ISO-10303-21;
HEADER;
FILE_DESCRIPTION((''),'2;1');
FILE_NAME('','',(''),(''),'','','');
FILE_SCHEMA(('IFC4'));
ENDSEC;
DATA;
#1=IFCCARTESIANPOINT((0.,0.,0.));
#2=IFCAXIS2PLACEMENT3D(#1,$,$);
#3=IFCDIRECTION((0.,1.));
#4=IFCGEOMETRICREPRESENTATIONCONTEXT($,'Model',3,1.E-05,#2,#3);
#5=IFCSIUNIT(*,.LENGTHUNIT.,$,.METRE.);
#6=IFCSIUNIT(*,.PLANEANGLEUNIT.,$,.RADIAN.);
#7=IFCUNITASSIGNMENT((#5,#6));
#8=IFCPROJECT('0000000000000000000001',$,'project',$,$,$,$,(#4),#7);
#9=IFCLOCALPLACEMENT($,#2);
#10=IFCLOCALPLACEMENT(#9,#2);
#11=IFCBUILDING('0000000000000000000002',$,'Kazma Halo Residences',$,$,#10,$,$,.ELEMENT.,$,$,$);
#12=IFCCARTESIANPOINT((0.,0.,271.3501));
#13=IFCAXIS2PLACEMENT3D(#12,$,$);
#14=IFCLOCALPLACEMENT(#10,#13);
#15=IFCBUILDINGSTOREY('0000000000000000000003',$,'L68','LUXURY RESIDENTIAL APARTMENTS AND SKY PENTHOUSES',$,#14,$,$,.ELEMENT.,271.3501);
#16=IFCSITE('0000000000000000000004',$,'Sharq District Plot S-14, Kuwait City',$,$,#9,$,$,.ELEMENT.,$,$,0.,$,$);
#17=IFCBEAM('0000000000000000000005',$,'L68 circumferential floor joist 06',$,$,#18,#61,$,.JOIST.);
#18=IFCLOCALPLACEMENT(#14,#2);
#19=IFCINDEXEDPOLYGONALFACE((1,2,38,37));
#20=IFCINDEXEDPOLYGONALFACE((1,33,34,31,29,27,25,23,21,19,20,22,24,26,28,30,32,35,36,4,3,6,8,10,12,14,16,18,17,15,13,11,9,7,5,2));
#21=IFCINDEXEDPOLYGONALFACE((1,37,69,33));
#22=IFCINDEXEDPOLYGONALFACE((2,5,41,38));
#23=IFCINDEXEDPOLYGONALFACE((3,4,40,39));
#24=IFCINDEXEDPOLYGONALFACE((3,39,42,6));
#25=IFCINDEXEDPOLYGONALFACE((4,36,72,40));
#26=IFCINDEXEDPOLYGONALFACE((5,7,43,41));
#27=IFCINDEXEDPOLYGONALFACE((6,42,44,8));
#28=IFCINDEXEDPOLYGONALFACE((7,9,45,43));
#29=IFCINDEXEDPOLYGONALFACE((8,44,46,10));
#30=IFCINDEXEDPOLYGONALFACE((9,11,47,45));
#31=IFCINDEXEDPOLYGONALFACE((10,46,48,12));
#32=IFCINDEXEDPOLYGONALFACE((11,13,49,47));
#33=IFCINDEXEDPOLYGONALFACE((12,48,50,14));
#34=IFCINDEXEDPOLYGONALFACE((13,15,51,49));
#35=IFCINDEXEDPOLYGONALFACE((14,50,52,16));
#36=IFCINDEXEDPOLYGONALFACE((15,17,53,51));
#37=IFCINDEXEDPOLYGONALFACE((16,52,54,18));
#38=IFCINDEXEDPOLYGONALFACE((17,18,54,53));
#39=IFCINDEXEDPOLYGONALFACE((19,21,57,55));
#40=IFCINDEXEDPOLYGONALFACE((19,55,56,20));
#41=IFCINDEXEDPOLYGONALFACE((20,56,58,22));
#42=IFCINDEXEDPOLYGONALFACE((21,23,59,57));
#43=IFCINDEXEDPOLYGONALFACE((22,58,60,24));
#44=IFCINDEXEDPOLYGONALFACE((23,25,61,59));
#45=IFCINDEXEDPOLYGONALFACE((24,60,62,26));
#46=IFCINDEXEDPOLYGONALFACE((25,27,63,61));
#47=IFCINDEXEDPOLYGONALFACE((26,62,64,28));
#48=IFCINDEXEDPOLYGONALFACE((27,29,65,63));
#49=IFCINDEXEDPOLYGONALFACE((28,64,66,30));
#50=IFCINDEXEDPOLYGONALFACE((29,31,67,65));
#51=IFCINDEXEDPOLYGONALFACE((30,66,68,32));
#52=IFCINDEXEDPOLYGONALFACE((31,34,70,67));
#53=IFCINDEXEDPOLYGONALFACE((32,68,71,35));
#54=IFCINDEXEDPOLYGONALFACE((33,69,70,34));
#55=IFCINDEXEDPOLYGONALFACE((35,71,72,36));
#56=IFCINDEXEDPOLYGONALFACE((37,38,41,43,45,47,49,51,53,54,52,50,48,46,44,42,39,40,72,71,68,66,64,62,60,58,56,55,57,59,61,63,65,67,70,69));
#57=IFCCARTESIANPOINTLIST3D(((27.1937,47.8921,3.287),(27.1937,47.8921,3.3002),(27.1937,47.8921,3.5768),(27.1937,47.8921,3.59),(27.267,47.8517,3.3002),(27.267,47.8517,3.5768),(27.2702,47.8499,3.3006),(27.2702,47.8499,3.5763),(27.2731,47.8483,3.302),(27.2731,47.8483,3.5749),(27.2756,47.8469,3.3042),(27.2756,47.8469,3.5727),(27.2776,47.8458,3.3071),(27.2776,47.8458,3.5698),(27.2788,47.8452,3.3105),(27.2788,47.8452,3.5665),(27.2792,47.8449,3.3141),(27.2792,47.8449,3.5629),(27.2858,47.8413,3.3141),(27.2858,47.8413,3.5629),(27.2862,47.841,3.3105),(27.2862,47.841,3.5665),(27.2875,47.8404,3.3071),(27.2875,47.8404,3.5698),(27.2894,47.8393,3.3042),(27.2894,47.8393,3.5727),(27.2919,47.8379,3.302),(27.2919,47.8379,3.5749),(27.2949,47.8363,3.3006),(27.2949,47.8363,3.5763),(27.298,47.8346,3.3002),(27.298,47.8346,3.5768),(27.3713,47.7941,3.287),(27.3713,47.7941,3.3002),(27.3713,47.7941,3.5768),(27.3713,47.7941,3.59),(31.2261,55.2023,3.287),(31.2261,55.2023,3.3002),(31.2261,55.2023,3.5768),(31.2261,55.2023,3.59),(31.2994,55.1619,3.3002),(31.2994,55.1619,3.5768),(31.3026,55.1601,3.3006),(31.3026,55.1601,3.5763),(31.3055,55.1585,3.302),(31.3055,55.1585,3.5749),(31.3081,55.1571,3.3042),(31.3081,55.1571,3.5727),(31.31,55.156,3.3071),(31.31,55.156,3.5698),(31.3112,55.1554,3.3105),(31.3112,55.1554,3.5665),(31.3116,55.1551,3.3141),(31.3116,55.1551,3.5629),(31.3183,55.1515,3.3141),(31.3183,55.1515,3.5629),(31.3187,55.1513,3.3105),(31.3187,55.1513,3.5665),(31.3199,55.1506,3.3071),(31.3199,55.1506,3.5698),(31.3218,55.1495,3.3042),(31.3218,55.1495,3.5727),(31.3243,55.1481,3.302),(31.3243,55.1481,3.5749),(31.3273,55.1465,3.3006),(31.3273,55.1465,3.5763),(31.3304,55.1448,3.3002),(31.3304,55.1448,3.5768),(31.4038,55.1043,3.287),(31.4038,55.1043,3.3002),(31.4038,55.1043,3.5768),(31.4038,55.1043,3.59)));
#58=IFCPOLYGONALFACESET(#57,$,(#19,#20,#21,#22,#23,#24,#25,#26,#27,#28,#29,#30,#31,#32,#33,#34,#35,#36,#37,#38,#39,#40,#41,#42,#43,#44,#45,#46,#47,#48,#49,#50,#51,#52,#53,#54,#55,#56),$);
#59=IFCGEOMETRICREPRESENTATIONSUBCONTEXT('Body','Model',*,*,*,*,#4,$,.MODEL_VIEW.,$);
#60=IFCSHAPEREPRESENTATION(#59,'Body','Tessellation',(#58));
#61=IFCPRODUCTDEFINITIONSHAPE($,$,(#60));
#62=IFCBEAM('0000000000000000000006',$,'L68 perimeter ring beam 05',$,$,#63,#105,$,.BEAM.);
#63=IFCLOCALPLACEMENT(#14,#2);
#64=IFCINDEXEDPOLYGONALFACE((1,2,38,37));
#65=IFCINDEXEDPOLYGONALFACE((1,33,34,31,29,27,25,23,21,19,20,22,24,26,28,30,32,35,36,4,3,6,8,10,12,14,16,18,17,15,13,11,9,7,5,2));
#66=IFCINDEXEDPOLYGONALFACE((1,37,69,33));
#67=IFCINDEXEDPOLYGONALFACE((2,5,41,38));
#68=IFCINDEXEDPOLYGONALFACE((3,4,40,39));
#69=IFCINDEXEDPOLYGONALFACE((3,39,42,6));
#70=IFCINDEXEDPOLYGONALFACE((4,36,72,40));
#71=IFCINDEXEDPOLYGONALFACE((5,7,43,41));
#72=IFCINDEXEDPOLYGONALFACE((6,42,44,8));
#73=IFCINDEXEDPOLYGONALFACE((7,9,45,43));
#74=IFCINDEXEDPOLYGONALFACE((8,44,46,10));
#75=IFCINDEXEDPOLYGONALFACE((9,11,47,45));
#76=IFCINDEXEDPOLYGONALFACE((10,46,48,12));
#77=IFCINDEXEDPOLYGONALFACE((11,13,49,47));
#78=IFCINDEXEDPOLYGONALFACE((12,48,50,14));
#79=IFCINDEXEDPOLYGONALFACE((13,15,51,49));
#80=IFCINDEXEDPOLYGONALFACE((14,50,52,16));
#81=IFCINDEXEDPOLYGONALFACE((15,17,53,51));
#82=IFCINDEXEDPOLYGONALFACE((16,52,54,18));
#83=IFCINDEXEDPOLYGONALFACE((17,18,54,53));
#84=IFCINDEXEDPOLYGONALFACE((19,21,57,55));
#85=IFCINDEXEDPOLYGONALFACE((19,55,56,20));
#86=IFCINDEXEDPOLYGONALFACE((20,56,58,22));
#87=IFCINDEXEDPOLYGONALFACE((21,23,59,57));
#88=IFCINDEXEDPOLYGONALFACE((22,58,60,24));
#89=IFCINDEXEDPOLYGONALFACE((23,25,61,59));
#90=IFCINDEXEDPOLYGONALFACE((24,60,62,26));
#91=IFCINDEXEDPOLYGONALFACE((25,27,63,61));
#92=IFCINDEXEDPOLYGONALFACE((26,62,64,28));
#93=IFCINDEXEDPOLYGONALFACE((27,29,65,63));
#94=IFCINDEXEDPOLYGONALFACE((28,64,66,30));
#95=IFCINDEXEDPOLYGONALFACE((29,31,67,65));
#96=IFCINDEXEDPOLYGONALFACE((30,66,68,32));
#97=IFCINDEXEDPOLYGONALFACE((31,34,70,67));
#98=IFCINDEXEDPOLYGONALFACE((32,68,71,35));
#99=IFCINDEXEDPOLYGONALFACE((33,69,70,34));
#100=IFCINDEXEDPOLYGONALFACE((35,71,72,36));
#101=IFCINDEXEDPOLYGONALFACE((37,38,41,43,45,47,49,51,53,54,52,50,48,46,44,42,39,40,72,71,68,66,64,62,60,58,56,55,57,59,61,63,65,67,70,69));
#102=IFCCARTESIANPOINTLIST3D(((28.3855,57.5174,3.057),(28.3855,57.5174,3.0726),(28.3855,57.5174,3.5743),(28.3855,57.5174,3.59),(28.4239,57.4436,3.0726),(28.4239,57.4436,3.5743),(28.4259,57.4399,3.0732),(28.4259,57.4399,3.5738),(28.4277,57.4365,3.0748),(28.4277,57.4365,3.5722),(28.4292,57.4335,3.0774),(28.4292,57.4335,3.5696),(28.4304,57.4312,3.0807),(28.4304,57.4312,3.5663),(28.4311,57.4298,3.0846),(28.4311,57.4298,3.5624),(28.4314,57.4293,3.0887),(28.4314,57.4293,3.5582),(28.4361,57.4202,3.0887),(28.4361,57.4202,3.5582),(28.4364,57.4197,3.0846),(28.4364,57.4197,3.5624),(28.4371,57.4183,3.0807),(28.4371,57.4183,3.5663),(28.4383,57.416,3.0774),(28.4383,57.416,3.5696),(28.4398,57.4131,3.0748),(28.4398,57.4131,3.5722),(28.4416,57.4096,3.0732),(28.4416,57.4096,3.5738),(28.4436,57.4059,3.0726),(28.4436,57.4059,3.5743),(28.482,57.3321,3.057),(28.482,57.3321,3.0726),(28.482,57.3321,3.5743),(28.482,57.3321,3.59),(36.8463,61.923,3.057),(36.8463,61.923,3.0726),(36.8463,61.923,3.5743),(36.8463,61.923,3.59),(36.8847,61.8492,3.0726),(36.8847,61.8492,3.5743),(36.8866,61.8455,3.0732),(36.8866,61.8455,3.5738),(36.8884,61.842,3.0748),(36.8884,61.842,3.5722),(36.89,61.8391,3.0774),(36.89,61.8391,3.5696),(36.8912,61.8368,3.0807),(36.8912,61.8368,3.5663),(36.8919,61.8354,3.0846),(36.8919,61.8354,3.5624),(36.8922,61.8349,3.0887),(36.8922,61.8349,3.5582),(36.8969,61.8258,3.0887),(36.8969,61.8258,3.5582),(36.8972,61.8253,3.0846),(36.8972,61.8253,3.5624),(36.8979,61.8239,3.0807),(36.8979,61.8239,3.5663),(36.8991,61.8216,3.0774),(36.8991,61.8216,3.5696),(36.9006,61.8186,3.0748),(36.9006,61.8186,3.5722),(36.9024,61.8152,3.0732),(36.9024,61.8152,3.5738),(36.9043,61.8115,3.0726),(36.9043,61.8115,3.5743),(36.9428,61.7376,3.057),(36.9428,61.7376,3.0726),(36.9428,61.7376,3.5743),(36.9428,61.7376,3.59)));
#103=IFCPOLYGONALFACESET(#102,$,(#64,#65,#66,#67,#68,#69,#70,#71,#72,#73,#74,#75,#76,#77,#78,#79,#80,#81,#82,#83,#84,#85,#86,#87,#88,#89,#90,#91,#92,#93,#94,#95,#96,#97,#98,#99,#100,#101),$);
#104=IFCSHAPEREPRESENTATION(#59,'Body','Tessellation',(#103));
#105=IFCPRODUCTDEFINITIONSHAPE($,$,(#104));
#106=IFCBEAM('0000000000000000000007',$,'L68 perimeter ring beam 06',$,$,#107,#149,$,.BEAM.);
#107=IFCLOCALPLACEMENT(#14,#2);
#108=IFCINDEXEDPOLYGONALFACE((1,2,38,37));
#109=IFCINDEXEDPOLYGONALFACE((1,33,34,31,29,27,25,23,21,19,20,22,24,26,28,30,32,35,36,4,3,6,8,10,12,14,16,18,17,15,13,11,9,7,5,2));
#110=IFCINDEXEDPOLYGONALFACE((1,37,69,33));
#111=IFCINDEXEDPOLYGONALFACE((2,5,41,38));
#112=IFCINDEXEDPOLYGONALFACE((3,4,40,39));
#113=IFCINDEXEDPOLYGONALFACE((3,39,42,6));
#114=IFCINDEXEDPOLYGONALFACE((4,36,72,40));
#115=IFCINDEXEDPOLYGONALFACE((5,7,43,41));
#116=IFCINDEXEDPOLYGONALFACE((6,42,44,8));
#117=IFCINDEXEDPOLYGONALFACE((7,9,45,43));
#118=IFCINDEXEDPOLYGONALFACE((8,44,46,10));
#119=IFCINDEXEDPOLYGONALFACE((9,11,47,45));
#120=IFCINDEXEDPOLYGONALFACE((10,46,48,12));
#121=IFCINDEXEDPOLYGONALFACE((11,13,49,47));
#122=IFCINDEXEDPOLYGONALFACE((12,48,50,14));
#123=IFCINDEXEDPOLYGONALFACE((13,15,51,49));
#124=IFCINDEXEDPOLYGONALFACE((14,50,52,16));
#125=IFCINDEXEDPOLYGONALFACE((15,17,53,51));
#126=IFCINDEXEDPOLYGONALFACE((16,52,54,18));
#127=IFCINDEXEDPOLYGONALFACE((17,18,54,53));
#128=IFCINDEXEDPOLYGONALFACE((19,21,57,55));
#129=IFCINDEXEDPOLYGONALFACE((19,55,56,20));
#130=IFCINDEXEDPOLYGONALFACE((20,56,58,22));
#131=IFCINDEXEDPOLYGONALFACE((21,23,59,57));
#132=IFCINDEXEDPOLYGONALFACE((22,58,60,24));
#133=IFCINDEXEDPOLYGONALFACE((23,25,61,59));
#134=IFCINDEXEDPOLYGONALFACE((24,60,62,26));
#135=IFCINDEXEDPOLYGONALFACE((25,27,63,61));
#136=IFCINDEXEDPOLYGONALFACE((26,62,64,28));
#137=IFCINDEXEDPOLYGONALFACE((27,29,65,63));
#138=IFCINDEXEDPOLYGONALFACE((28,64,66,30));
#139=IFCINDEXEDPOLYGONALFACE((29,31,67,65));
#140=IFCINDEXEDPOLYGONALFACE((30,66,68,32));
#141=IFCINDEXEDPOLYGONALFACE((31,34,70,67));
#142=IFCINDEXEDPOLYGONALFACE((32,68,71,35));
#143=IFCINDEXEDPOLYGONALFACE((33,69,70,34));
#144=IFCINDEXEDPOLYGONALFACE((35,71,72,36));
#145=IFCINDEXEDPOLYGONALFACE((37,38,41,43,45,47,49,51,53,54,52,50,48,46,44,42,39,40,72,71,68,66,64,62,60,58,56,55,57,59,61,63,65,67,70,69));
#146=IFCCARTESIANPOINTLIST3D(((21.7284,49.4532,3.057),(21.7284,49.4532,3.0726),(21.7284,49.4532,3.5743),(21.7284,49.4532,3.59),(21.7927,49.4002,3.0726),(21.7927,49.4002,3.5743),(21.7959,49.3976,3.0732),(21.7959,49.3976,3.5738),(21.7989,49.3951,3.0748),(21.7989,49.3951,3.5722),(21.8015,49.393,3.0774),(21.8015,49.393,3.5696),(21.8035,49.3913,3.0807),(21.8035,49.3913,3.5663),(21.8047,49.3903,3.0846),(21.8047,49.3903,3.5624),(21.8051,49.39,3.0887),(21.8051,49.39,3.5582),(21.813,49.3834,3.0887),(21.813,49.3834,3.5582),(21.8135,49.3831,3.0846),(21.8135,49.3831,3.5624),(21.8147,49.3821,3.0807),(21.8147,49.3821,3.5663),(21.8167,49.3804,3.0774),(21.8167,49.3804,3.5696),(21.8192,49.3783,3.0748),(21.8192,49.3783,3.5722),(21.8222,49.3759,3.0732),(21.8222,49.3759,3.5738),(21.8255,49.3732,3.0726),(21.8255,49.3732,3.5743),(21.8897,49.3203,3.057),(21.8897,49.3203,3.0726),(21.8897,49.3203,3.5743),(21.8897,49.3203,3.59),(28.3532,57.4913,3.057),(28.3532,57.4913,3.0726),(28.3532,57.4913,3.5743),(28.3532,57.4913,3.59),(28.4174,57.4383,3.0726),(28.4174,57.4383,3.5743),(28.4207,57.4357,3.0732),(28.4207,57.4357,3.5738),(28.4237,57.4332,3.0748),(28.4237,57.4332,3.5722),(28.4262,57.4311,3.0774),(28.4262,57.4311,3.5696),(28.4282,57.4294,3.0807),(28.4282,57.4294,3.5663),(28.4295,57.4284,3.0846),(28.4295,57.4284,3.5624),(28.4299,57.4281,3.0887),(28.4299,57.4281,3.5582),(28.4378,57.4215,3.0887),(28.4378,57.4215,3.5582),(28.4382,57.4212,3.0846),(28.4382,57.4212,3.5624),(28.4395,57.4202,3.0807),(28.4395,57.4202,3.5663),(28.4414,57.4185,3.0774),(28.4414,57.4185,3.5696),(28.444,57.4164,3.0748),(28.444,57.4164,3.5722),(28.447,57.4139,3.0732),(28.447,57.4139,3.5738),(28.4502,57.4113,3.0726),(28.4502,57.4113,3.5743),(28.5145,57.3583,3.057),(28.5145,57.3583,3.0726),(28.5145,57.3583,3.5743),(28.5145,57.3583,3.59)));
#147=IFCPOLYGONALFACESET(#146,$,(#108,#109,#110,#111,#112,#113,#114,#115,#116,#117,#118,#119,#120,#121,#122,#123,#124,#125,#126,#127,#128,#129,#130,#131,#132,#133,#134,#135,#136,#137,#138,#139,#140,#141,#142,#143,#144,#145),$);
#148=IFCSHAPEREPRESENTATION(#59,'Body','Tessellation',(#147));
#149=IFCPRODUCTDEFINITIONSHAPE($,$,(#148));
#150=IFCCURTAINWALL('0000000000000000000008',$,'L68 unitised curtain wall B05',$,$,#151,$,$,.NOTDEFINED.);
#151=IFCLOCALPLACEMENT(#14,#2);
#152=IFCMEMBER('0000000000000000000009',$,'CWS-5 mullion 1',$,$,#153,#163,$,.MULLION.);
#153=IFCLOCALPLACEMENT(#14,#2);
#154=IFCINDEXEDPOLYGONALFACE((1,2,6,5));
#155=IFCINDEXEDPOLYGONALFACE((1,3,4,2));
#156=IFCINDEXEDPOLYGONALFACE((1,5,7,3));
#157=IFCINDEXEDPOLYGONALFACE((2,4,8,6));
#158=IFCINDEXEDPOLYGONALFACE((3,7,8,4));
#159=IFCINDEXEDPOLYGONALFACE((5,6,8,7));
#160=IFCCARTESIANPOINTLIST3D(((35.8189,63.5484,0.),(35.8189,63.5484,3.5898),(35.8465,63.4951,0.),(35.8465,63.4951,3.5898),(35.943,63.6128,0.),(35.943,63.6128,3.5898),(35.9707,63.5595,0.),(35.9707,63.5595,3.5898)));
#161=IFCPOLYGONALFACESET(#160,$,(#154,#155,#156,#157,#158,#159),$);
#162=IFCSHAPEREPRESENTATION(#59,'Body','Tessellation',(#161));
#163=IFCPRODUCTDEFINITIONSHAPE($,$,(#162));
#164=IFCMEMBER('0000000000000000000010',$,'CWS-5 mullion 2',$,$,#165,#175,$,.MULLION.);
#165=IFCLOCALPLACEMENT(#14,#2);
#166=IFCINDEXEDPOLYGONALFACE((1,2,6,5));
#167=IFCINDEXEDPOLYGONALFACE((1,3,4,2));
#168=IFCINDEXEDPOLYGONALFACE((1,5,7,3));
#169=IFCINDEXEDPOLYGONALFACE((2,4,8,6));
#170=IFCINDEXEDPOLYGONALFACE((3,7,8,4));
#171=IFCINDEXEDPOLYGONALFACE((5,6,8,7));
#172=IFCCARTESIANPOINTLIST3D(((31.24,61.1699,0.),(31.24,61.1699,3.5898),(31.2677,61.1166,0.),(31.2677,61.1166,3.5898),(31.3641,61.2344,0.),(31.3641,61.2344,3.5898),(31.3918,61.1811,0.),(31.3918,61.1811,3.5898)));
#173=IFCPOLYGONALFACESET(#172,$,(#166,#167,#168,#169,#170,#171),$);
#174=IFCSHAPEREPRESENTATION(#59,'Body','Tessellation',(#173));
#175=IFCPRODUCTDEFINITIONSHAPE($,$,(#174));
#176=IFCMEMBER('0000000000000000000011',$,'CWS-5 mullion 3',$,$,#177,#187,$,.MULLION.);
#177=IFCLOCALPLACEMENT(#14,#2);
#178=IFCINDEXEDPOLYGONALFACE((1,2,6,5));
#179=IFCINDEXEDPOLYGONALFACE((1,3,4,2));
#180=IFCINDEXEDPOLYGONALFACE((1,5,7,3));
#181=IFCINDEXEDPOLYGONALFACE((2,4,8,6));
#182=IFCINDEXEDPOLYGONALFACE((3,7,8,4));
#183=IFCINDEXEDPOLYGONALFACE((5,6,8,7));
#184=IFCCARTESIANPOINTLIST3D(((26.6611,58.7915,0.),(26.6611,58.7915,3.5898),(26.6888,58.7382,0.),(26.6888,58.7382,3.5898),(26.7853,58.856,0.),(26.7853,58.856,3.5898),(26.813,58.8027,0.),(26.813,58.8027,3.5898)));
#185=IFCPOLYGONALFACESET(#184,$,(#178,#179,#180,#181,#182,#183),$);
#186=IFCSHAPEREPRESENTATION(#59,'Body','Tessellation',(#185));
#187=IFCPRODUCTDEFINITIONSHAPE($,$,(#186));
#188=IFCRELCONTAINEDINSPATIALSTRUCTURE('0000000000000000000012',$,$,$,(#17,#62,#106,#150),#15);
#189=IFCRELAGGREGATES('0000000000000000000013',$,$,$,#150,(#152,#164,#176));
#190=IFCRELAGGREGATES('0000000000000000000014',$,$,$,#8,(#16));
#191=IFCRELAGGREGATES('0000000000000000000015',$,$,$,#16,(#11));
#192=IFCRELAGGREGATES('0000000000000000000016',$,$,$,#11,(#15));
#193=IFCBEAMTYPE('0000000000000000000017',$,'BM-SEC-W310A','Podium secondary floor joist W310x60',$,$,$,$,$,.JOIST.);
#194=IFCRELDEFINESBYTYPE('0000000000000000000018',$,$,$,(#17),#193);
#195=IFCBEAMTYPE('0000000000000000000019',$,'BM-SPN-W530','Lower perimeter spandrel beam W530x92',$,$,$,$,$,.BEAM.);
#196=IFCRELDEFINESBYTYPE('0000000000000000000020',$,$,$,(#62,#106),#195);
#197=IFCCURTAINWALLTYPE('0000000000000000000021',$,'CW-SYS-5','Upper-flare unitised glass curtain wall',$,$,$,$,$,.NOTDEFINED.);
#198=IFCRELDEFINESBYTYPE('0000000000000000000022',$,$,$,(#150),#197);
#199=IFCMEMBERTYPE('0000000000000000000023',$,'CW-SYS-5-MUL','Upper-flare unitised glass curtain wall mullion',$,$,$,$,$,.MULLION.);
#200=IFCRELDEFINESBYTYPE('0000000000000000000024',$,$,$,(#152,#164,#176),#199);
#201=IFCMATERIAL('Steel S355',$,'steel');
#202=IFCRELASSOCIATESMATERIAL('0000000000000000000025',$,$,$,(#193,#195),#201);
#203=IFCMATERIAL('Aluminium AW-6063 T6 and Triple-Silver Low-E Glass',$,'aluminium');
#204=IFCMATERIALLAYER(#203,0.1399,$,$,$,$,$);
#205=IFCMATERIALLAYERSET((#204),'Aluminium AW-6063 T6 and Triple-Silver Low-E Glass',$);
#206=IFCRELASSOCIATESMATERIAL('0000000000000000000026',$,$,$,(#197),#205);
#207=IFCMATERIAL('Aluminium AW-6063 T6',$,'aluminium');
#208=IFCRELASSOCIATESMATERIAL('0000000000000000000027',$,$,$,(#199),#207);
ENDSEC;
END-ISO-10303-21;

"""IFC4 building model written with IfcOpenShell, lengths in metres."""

from ifc_helpers import new_model, si_unit, direction, frame, origin, origin_2d, place, context, subcontext, project, spatial, rectangle, i_section, extrude, material, layer, layer_set, material_profile, profile_set, type_object, element, aggregate, save


model = new_model("IFC4")

# Units and contexts
model_context = context("Model", 3, precision=1e-05, world=origin(), true_north=direction((0.0, 1.0)))
body_context = subcontext(model_context, "Body", "Model", "MODEL_VIEW")
ifc_project = project(units=[si_unit("LENGTHUNIT", "METRE"), si_unit("PLANEANGLEUNIT", "RADIAN")], contexts=[model_context])

# Site, building, storey
site_placement = place(None, origin())
site = spatial("IfcSite", under=ifc_project, at=site_placement, Name="Sharq District Plot S-14, Kuwait City", CompositionType="ELEMENT", RefElevation=0.0)
building_placement = place(site_placement, origin())
building = spatial("IfcBuilding", under=site, at=building_placement, Name="Kazma Halo Residences", CompositionType="ELEMENT")
storey_placement = place(building_placement, frame((0.0, 0.0, 271.3501)))
storey = spatial("IfcBuildingStorey", under=building, at=storey_placement, Name="L68", Description="LUXURY RESIDENTIAL APARTMENTS AND SKY PENTHOUSES", CompositionType="ELEMENT", Elevation=271.3501)

# Beams
ifc_material_1 = material(Name="Steel S355", Category="steel")
ifc_material_profile_1 = material_profile(ifc_material_1, i_section(OverallWidth=0.2029, OverallDepth=0.303, WebThickness=0.0076, FlangeThickness=0.0132, FilletRadius=0.0139, at=origin_2d()), Name="W310x60")
ifc_profile_set_1 = profile_set([ifc_material_profile_1], Name="Steel S355")
beam_type_1 = type_object("IfcBeamType", Name="BM-SEC-W310A", Description="Podium secondary floor joist W310x60", PredefinedType="JOIST", material=ifc_profile_set_1)
beam_1_placement = place(storey_placement, frame((31.3149, 55.1533, 3.4385), z_axis=(-0.483004, -0.875618, 0.0), x_axis=(0.875618, -0.483004, 0.0)))
element("IfcBeam", 1, at=beam_1_placement, inside=storey, type_object=beam_type_1, Name="L68 circumferential floor joist 06", PredefinedType="JOIST", context=body_context, shape_type="SweptSolid", body=[
    extrude(i_section(OverallWidth=0.2029, OverallDepth=0.303, WebThickness=0.0076, FlangeThickness=0.0132, FilletRadius=0.0139, at=origin_2d()), origin(), (0.0, 0.0, 1.0), 8.3486),
])
ifc_material_profile_2 = material_profile(ifc_material_1, i_section(OverallWidth=0.209, OverallDepth=0.533, WebThickness=0.0103, FlangeThickness=0.0156, FilletRadius=0.0161, at=origin_2d()), Name="W530x92")
ifc_profile_set_2 = profile_set([ifc_material_profile_2], Name="Steel S355")
beam_type_2 = type_object("IfcBeamType", Name="BM-SPN-W530", Description="Lower perimeter spandrel beam W530x92", PredefinedType="BEAM", material=ifc_profile_set_2)
beam_2_placement = place(storey_placement, frame((36.8945, 61.8303, 3.3235), z_axis=(-0.886961, -0.461844, 0.0), x_axis=(0.461844, -0.886961, 0.0)))
element("IfcBeam", 2, at=beam_2_placement, inside=storey, type_object=beam_type_2, Name="L68 perimeter ring beam 05", PredefinedType="BEAM", context=body_context, shape_type="SweptSolid", body=[
    extrude(i_section(OverallWidth=0.209, OverallDepth=0.533, WebThickness=0.0103, FlangeThickness=0.0156, FilletRadius=0.0161, at=origin_2d()), origin(), (0.0, 0.0, 1.0), 9.5391),
])
beam_3_placement = place(storey_placement, frame((28.4338, 57.4248, 3.3235), z_axis=(-0.636002, -0.771687, 0.0), x_axis=(0.771687, -0.636002, 0.0)))
element("IfcBeam", 3, at=beam_3_placement, inside=storey, type_object=beam_type_2, Name="L68 perimeter ring beam 06", PredefinedType="BEAM", context=body_context, shape_type="SweptSolid", body=[
    extrude(i_section(OverallWidth=0.209, OverallDepth=0.533, WebThickness=0.0103, FlangeThickness=0.0156, FilletRadius=0.0161, at=origin_2d()), origin(), (0.0, 0.0, 1.0), 10.4163),
])

# Curtain wall, members
ifc_material_2 = material(Name="Aluminium AW-6063 T6 and Triple-Silver Low-E Glass", Category="aluminium")
ifc_layer_1 = layer(ifc_material_2, 0.1399)
ifc_layer_set_1 = layer_set([ifc_layer_1], Name="Aluminium AW-6063 T6 and Triple-Silver Low-E Glass")
curtain_wall_type = type_object("IfcCurtainWallType", Name="CW-SYS-5", Description="Upper-flare unitised glass curtain wall", PredefinedType="NOTDEFINED", material=ifc_layer_set_1)
curtain_wall_placement = place(storey_placement, origin())
curtain_wall = element("IfcCurtainWall", 4, at=curtain_wall_placement, inside=storey, type_object=curtain_wall_type, Name="L68 unitised curtain wall B05", PredefinedType="NOTDEFINED")
ifc_material_3 = material(Name="Aluminium AW-6063 T6", Category="aluminium")
ifc_material_profile_3 = material_profile(ifc_material_3, rectangle(XDim=0.0601, YDim=0.1399, at=origin_2d()), Name="CWM-60x140")
ifc_profile_set_3 = profile_set([ifc_material_profile_3], Name="Aluminium AW-6063 T6")
member_type_1 = type_object("IfcMemberType", Name="CW-SYS-5-MUL", Description="Upper-flare unitised glass curtain wall mullion", PredefinedType="MULLION", material=ifc_profile_set_3)
member_1_placement = place(storey_placement, frame((35.8948, 63.554, 0.0), z_axis=(0.0, 0.0, 1.0), x_axis=(0.460961, -0.887421, 0.0)))
member_1 = element("IfcMember", 5, at=member_1_placement, type_object=member_type_1, Name="CWS-5 mullion 1", PredefinedType="MULLION", context=body_context, shape_type="SweptSolid", body=[
    extrude(rectangle(XDim=0.0601, YDim=0.1399, at=origin_2d()), origin(), (0.0, 0.0, 1.0), 3.5898),
])
member_2_placement = place(storey_placement, frame((31.3159, 61.1755, 0.0), z_axis=(0.0, 0.0, 1.0), x_axis=(0.460961, -0.887421, 0.0)))
member_2 = element("IfcMember", 6, at=member_2_placement, type_object=member_type_1, Name="CWS-5 mullion 2", PredefinedType="MULLION", context=body_context, shape_type="SweptSolid", body=[
    extrude(rectangle(XDim=0.0601, YDim=0.1399, at=origin_2d()), origin(), (0.0, 0.0, 1.0), 3.5898),
])
member_3_placement = place(storey_placement, frame((26.7371, 58.7971, 0.0), z_axis=(0.0, 0.0, 1.0), x_axis=(0.460961, -0.887421, 0.0)))
member_3 = element("IfcMember", 7, at=member_3_placement, type_object=member_type_1, Name="CWS-5 mullion 3", PredefinedType="MULLION", context=body_context, shape_type="SweptSolid", body=[
    extrude(rectangle(XDim=0.0601, YDim=0.1399, at=origin_2d()), origin(), (0.0, 0.0, 1.0), 3.5898),
])
aggregate(curtain_wall, [member_1, member_2, member_3])

save(model, "model.ifc")
